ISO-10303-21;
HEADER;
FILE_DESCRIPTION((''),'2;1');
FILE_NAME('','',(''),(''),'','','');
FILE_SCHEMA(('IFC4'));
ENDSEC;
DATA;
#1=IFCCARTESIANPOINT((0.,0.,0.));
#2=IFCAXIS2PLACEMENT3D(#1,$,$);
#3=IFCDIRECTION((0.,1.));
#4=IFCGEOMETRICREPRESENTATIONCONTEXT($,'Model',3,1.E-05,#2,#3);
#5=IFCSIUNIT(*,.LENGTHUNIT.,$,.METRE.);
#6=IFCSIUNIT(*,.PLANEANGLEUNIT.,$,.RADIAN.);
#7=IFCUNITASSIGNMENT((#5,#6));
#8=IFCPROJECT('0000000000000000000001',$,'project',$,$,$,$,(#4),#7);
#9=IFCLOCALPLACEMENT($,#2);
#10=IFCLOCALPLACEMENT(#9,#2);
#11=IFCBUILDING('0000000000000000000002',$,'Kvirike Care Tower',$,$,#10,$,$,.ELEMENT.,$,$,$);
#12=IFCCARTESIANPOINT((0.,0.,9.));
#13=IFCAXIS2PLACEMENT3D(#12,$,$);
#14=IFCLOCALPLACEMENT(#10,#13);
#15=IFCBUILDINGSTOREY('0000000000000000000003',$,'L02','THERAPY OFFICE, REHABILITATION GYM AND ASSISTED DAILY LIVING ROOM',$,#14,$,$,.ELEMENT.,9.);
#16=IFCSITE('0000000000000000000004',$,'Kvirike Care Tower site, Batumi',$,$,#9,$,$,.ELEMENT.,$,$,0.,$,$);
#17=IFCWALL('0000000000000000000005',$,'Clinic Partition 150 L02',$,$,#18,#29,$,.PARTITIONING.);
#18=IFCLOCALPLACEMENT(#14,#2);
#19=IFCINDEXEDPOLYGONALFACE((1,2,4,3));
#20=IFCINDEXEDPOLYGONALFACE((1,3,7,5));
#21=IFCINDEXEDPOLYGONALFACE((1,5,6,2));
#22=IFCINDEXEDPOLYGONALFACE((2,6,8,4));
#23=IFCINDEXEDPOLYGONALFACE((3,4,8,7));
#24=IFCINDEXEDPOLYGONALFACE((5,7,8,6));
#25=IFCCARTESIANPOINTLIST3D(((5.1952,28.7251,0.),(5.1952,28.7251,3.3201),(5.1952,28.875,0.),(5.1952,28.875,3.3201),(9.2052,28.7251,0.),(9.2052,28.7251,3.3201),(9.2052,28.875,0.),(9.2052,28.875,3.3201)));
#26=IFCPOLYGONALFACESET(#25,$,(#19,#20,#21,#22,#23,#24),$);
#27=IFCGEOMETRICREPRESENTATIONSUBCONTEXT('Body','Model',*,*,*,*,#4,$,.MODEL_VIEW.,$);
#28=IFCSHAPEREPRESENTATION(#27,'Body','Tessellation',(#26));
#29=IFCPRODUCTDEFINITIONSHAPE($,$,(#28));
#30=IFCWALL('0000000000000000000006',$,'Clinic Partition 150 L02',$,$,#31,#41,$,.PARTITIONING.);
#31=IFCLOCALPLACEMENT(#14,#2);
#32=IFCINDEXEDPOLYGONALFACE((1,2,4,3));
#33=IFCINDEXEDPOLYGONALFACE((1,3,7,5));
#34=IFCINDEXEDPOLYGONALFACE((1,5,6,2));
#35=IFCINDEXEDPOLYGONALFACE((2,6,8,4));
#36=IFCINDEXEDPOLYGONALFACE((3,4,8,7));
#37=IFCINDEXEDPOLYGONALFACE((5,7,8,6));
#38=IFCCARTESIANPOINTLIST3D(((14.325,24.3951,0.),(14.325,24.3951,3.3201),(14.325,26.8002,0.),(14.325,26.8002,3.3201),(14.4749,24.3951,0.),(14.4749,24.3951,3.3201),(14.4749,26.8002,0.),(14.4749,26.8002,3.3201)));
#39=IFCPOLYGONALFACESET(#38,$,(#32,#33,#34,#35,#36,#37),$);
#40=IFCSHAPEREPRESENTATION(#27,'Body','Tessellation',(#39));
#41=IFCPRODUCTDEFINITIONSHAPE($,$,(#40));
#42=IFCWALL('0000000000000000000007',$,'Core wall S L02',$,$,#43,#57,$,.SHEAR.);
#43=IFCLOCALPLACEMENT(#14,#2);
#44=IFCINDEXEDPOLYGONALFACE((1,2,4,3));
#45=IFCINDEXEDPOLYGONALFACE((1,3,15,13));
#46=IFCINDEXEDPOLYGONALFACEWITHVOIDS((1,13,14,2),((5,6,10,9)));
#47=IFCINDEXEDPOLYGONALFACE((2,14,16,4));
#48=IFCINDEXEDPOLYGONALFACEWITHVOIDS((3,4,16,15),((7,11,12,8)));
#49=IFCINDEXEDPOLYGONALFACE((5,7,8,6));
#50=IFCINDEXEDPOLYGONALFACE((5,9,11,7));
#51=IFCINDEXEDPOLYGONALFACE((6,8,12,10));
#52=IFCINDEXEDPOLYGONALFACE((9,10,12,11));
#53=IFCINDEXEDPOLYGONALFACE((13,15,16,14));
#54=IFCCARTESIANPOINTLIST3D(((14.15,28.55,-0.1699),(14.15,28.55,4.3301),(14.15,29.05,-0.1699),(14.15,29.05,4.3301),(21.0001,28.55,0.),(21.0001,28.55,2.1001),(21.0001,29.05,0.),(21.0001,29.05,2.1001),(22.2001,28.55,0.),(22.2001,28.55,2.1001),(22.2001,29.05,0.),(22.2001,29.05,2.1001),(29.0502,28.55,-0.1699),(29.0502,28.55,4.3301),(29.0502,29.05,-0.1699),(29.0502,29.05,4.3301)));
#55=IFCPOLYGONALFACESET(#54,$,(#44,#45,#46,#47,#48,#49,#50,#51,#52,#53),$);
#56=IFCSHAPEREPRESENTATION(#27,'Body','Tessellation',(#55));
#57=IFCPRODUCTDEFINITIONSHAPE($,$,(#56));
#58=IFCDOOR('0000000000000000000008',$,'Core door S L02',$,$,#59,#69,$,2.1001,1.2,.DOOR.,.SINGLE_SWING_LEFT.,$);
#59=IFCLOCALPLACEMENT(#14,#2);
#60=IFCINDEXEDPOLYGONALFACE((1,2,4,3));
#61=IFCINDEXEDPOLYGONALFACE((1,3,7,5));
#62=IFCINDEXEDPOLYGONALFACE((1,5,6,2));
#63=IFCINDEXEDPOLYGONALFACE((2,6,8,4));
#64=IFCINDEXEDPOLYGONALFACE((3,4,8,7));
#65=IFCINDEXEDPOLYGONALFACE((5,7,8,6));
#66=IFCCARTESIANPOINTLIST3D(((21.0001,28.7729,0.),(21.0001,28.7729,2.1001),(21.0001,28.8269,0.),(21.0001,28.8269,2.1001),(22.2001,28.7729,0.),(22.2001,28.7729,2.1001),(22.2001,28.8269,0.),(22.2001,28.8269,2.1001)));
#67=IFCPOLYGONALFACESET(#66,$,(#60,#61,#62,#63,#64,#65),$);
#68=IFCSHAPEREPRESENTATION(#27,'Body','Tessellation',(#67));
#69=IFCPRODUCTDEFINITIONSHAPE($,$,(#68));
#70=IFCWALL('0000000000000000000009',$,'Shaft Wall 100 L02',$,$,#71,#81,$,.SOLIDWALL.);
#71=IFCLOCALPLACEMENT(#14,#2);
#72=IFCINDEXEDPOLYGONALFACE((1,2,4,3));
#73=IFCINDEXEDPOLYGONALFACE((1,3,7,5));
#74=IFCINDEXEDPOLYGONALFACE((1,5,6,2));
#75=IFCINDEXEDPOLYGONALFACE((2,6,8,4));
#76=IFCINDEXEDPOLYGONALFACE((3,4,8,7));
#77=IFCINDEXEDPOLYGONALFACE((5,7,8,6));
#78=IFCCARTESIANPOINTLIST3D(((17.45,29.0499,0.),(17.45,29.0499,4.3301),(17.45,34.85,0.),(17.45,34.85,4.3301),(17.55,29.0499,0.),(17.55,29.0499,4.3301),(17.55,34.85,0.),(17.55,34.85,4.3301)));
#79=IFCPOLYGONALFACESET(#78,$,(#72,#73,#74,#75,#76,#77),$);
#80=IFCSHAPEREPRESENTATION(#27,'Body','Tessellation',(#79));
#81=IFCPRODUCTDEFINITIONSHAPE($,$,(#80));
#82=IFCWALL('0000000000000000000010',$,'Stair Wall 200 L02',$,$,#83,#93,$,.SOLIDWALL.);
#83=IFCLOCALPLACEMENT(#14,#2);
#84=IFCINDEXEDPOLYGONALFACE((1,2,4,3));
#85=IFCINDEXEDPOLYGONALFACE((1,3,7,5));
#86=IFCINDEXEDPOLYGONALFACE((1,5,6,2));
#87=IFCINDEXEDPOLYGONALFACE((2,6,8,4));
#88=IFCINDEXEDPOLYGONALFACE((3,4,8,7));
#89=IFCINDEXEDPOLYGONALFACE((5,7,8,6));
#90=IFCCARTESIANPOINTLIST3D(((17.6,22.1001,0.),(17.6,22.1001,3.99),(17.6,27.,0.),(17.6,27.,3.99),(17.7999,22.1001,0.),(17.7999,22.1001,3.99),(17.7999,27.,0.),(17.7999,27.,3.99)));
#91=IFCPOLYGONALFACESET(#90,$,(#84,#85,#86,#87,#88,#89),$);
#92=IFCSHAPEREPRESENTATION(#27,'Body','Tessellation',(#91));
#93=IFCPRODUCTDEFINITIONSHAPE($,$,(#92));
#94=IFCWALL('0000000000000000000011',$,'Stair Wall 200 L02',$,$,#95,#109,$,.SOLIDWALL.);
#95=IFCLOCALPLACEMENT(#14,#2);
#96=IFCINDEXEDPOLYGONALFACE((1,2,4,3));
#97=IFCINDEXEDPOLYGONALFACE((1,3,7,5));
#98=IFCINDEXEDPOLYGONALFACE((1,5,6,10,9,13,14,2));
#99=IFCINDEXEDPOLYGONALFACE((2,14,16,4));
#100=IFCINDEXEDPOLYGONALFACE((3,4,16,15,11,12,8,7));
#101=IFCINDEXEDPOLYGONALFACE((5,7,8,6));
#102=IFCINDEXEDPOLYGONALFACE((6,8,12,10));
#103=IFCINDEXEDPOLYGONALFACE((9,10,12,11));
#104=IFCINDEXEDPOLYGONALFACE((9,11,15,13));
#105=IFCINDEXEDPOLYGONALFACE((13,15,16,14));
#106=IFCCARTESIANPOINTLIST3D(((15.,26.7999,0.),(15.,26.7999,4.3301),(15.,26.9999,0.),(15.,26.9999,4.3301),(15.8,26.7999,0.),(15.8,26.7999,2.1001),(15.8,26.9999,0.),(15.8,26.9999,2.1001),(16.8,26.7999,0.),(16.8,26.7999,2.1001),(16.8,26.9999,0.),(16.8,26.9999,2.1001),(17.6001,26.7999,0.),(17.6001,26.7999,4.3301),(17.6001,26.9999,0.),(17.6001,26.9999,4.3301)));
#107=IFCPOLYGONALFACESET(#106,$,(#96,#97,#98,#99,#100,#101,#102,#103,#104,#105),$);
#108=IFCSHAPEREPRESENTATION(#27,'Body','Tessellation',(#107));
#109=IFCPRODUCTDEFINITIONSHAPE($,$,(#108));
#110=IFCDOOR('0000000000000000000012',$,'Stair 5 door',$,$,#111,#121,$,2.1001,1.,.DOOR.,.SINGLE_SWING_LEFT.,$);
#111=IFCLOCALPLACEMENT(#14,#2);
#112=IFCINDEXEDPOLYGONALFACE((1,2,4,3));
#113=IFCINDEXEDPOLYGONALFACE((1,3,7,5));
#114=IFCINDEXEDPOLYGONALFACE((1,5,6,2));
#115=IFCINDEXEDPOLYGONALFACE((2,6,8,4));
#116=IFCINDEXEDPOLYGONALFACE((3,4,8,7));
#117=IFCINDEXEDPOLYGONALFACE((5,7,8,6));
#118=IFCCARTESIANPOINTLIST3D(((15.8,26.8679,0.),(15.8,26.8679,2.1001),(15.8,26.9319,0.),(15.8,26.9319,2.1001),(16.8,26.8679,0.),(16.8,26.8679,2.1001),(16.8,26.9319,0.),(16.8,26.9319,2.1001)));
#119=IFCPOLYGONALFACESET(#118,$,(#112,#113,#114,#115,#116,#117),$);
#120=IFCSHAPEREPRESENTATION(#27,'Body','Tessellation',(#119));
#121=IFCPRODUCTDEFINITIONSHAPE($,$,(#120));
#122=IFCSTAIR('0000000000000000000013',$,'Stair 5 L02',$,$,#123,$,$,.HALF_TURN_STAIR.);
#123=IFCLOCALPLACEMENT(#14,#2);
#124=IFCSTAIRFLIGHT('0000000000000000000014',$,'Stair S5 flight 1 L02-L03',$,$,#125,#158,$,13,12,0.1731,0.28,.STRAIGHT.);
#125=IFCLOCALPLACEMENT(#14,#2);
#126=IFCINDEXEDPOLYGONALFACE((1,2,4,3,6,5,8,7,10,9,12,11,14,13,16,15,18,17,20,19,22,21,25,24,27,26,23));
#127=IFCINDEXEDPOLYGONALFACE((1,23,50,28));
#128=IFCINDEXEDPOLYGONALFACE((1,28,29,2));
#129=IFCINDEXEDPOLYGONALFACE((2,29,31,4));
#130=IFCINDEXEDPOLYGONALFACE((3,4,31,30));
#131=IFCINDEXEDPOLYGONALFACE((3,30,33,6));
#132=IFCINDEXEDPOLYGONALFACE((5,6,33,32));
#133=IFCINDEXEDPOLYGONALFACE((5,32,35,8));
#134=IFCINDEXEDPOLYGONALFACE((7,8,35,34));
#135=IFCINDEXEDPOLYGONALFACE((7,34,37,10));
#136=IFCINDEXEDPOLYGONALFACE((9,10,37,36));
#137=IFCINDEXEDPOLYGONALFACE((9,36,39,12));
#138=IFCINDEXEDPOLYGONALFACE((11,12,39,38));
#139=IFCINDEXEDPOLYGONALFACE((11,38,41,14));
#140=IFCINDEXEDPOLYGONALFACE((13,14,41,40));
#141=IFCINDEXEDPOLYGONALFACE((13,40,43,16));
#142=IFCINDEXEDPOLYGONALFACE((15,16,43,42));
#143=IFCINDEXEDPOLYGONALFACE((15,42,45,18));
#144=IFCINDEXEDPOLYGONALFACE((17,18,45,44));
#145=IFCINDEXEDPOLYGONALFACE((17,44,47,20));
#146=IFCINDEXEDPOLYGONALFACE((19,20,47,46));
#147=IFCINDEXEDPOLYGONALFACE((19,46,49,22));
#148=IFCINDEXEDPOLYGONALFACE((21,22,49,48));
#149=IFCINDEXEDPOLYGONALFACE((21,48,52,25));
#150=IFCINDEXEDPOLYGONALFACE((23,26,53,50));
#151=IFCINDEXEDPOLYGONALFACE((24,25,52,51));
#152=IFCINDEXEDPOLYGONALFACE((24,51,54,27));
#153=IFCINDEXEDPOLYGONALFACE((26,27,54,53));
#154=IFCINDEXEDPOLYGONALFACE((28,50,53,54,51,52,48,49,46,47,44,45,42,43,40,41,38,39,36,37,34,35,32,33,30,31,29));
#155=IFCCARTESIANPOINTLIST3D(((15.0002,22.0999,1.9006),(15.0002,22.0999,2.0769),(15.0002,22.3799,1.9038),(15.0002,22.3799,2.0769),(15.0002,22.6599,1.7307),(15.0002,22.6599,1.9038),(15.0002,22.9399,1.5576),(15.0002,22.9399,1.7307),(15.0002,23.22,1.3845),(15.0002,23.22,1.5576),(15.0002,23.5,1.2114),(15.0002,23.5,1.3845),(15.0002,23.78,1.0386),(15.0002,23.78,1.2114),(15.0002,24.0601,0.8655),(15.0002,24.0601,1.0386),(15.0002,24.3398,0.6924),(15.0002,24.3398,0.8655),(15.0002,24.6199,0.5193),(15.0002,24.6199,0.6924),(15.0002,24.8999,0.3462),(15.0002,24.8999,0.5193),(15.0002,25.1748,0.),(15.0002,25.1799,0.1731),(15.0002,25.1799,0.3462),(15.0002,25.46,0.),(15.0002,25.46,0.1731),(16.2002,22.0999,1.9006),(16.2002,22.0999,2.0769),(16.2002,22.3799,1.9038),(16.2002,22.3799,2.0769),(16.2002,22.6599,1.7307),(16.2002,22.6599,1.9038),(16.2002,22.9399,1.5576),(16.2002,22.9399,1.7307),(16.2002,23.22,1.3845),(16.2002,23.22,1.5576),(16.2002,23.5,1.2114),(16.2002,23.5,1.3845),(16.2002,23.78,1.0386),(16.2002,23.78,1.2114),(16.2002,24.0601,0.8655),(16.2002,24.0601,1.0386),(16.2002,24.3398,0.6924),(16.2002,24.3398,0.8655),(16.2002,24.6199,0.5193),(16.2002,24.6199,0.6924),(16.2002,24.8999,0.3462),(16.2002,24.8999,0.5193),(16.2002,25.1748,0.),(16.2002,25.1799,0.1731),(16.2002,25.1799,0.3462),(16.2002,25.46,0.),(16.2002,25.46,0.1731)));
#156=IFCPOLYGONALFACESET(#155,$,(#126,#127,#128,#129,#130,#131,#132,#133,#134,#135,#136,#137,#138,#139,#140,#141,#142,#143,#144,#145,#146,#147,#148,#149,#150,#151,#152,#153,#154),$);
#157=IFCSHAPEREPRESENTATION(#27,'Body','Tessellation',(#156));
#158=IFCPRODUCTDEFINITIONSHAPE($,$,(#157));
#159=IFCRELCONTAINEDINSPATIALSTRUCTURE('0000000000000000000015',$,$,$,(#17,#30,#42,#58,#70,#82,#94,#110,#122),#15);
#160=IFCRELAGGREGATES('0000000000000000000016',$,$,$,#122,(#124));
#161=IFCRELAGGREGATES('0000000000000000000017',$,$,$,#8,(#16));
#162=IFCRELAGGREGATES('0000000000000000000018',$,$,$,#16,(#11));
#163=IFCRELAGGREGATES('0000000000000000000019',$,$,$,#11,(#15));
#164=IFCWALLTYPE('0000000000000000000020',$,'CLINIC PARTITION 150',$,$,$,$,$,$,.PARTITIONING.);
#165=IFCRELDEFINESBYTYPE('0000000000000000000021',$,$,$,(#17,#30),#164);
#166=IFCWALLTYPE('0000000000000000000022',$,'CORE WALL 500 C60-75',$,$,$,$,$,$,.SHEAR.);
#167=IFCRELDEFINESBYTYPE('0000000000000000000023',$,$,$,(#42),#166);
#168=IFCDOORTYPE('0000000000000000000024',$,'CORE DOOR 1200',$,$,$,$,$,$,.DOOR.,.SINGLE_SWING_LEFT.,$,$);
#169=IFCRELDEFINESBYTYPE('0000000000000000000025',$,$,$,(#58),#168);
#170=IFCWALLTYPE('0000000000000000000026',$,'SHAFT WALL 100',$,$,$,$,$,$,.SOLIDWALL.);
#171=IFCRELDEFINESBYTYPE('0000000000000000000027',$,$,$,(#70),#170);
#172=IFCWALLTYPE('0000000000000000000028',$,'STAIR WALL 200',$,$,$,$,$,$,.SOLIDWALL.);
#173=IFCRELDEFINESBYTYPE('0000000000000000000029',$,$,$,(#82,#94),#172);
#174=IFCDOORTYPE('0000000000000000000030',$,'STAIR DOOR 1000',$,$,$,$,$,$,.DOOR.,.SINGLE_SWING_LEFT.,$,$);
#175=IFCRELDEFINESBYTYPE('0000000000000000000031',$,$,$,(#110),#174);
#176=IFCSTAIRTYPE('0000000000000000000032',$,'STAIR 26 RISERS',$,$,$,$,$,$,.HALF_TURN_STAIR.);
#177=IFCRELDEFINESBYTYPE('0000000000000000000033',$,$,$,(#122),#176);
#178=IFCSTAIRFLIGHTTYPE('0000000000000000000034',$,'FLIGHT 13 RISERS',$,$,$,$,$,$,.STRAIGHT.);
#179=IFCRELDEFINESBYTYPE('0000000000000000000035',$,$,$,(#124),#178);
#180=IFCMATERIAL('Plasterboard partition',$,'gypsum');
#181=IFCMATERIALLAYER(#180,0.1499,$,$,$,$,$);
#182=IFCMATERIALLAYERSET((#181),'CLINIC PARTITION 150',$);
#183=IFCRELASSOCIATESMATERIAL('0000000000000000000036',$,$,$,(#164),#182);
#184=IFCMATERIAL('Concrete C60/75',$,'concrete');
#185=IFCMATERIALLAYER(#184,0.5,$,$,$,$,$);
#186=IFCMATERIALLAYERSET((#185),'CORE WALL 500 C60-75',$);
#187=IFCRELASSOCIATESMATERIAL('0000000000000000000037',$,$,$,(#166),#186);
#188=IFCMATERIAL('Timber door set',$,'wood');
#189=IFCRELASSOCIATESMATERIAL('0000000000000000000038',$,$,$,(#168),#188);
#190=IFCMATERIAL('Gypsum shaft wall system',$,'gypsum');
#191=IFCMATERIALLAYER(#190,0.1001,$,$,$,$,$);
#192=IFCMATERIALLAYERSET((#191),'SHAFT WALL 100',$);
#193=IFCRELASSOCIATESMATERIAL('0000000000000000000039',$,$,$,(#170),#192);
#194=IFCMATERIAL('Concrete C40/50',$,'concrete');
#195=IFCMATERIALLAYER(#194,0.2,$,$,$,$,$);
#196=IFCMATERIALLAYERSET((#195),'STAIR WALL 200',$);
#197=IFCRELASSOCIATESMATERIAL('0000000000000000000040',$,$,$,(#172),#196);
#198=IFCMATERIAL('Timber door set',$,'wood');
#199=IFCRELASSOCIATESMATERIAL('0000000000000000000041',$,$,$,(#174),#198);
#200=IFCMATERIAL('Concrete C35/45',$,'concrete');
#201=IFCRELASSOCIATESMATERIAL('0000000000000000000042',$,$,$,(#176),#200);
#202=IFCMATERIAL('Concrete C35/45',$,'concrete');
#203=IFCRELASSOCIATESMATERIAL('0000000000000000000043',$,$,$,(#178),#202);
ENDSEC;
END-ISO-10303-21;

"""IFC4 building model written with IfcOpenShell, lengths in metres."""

from ifc_helpers import new_model, si_unit, direction, frame, frame_2d, origin, place, context, subcontext, project, spatial, polyline, rectangle, outline, extrude, material, layer, layer_set, type_object, element, fill, aggregate, save


model = new_model("IFC4")

# Units and contexts
model_context = context("Model", 3, precision=1e-05, world=origin(), true_north=direction((0.0, 1.0)))
body_context = subcontext(model_context, "Body", "Model", "MODEL_VIEW")
ifc_project = project(units=[si_unit("LENGTHUNIT", "METRE"), si_unit("PLANEANGLEUNIT", "RADIAN")], contexts=[model_context])

# Site, building, storey
site_placement = place(None, origin())
site = spatial("IfcSite", under=ifc_project, at=site_placement, Name="Kvirike Care Tower site, Batumi", CompositionType="ELEMENT", RefElevation=0.0)
building_placement = place(site_placement, origin())
building = spatial("IfcBuilding", under=site, at=building_placement, Name="Kvirike Care Tower", CompositionType="ELEMENT")
storey_placement = place(building_placement, frame((0.0, 0.0, 9.0)))
storey = spatial("IfcBuildingStorey", under=building, at=storey_placement, Name="L02", Description="THERAPY OFFICE, REHABILITATION GYM AND ASSISTED DAILY LIVING ROOM", CompositionType="ELEMENT", Elevation=9.0)

# Walls
ifc_material_1 = material(Name="Plasterboard partition", Category="gypsum")
ifc_layer_1 = layer(ifc_material_1, 0.1499)
ifc_layer_set_1 = layer_set([ifc_layer_1], Name="CLINIC PARTITION 150")
wall_type_1 = type_object("IfcWallType", Name="CLINIC PARTITION 150", PredefinedType="PARTITIONING", material=ifc_layer_set_1)
wall_1_placement = place(storey_placement, frame((9.2051, 28.8, 0.0), z_axis=(0.0, 0.0, 1.0), x_axis=(-1.0, 0.0, 0.0)))
element("IfcWall", 1, at=wall_1_placement, inside=storey, type_object=wall_type_1, Name="Clinic Partition 150 L02", PredefinedType="PARTITIONING", context=body_context, shape_type="SweptSolid", body=[
    extrude(rectangle(XDim=4.01, YDim=0.1499, at=frame_2d((2.0049, 0.0))), origin(), (0.0, 0.0, 1.0), 3.3201),
])
wall_2_placement = place(storey_placement, frame((14.3999, 24.395, 0.0), z_axis=(0.0, 0.0, 1.0), x_axis=(0.0, 1.0, 0.0)))
element("IfcWall", 2, at=wall_2_placement, inside=storey, type_object=wall_type_1, Name="Clinic Partition 150 L02", PredefinedType="PARTITIONING", context=body_context, shape_type="SweptSolid", body=[
    extrude(rectangle(XDim=2.405, YDim=0.1499, at=frame_2d((1.2026, 0.0))), origin(), (0.0, 0.0, 1.0), 3.3201),
])

# Wall, opening, door
ifc_material_2 = material(Name="Concrete C60/75", Category="concrete")
ifc_layer_2 = layer(ifc_material_2, 0.5)
ifc_layer_set_2 = layer_set([ifc_layer_2], Name="CORE WALL 500 C60-75")
wall_type_2 = type_object("IfcWallType", Name="CORE WALL 500 C60-75", PredefinedType="SHEAR", material=ifc_layer_set_2)
wall_3_placement = place(storey_placement, frame((14.1499, 28.8, -0.1699), z_axis=(0.0, 0.0, 1.0), x_axis=(1.0, 0.0, 0.0)))
wall_3 = element("IfcWall", 3, at=wall_3_placement, inside=storey, type_object=wall_type_2, Name="Core wall S L02", PredefinedType="SHEAR", context=body_context, shape_type="SweptSolid", body=[
    extrude(rectangle(XDim=14.9001, YDim=0.5, at=frame_2d((7.4502, 0.0))), origin(), (0.0, 0.0, 1.0), 4.5),
])
opening_1_placement = place(wall_3_placement, frame((6.8501, 0.0, 0.1699)))
opening_1 = element("IfcOpeningElement", 4, at=opening_1_placement, cuts=wall_3, PredefinedType="OPENING", context=body_context, shape_type="SweptSolid", body=[
    extrude(rectangle(XDim=1.2, YDim=2.1001, at=frame_2d((0.6001, 1.05))), frame((0.0, 0.2605, 0.0), z_axis=(0.0, -1.0, 0.0), x_axis=(1.0, 0.0, 0.0)), (0.0, 0.0, 1.0), 0.521),
])
ifc_material_3 = material(Name="Timber door set", Category="wood")
door_type_1 = type_object("IfcDoorType", Name="CORE DOOR 1200", OperationType="SINGLE_SWING_LEFT", PredefinedType="DOOR", material=ifc_material_3)
door_1_placement = place(opening_1_placement, origin())
door_1 = element("IfcDoor", 5, at=door_1_placement, inside=storey, type_object=door_type_1, Name="Core door S L02", OperationType="SINGLE_SWING_LEFT", OverallHeight=2.1001, OverallWidth=1.2, PredefinedType="DOOR", context=body_context, shape_type="SweptSolid", body=[
    extrude(rectangle(XDim=1.2, YDim=2.1001, at=frame_2d((0.6001, 1.05))), frame((0.0, 0.0269, 0.0), z_axis=(0.0, -1.0, 0.0), x_axis=(1.0, 0.0, 0.0)), (0.0, 0.0, 1.0), 0.054),
])
fill(opening_1, door_1)

# Walls
ifc_material_4 = material(Name="Gypsum shaft wall system", Category="gypsum")
ifc_layer_3 = layer(ifc_material_4, 0.1001)
ifc_layer_set_3 = layer_set([ifc_layer_3], Name="SHAFT WALL 100")
wall_type_3 = type_object("IfcWallType", Name="SHAFT WALL 100", PredefinedType="SOLIDWALL", material=ifc_layer_set_3)
wall_4_placement = place(storey_placement, frame((17.5, 29.05, 0.0), z_axis=(0.0, 0.0, 1.0), x_axis=(0.0, 1.0, 0.0)))
element("IfcWall", 6, at=wall_4_placement, inside=storey, type_object=wall_type_3, Name="Shaft Wall 100 L02", PredefinedType="SOLIDWALL", context=body_context, shape_type="SweptSolid", body=[
    extrude(rectangle(XDim=5.8, YDim=0.1001, at=frame_2d((2.8999, 0.0))), origin(), (0.0, 0.0, 1.0), 4.3301),
])
ifc_material_5 = material(Name="Concrete C40/50", Category="concrete")
ifc_layer_4 = layer(ifc_material_5, 0.2)
ifc_layer_set_4 = layer_set([ifc_layer_4], Name="STAIR WALL 200")
wall_type_4 = type_object("IfcWallType", Name="STAIR WALL 200", PredefinedType="SOLIDWALL", material=ifc_layer_set_4)
wall_5_placement = place(storey_placement, frame((17.7, 22.1001, 0.0), z_axis=(0.0, 0.0, 1.0), x_axis=(0.0, 1.0, 0.0)))
element("IfcWall", 7, at=wall_5_placement, inside=storey, type_object=wall_type_4, Name="Stair Wall 200 L02", PredefinedType="SOLIDWALL", context=body_context, shape_type="SweptSolid", body=[
    extrude(rectangle(XDim=4.8999, YDim=0.2, at=frame_2d((2.45, 0.0))), origin(), (0.0, 0.0, 1.0), 3.99),
])

# Wall, opening, door
wall_6_placement = place(storey_placement, frame((15.0, 26.8999, 0.0), z_axis=(0.0, 0.0, 1.0), x_axis=(1.0, 0.0, 0.0)))
wall_6 = element("IfcWall", 8, at=wall_6_placement, inside=storey, type_object=wall_type_4, Name="Stair Wall 200 L02", PredefinedType="SOLIDWALL", context=body_context, shape_type="SweptSolid", body=[
    extrude(rectangle(XDim=2.6001, YDim=0.2, at=frame_2d((1.3, 0.0))), origin(), (0.0, 0.0, 1.0), 4.3301),
])
opening_2_placement = place(wall_6_placement, frame((0.8, 0.0, 0.0)))
opening_2 = element("IfcOpeningElement", 9, at=opening_2_placement, cuts=wall_6, PredefinedType="OPENING", context=body_context, shape_type="SweptSolid", body=[
    extrude(rectangle(XDim=1.0, YDim=2.1001, at=frame_2d((0.5, 1.05))), frame((0.0, 0.1106, 0.0), z_axis=(0.0, -1.0, 0.0), x_axis=(1.0, 0.0, 0.0)), (0.0, 0.0, 1.0), 0.2209),
])
ifc_material_6 = material(Name="Timber door set", Category="wood")
door_type_2 = type_object("IfcDoorType", Name="STAIR DOOR 1000", OperationType="SINGLE_SWING_LEFT", PredefinedType="DOOR", material=ifc_material_6)
door_2_placement = place(opening_2_placement, frame((1.0, 0.0, 0.0), z_axis=(0.0, 0.0, 1.0), x_axis=(-1.0, 0.0, 0.0)))
door_2 = element("IfcDoor", 10, at=door_2_placement, inside=storey, type_object=door_type_2, Name="Stair 5 door", OperationType="SINGLE_SWING_LEFT", OverallHeight=2.1001, OverallWidth=1.0, PredefinedType="DOOR", context=body_context, shape_type="SweptSolid", body=[
    extrude(rectangle(XDim=1.0, YDim=2.1001, at=frame_2d((0.5, 1.05))), frame((0.0, 0.032, 0.0), z_axis=(0.0, -1.0, 0.0), x_axis=(1.0, 0.0, 0.0)), (0.0, 0.0, 1.0), 0.064),
])
fill(opening_2, door_2)

# Stair, stair flight
ifc_material_7 = material(Name="Concrete C35/45", Category="concrete")
stair_type = type_object("IfcStairType", Name="STAIR 26 RISERS", PredefinedType="HALF_TURN_STAIR", material=ifc_material_7)
stair_placement = place(storey_placement, origin())
stair = element("IfcStair", 11, at=stair_placement, inside=storey, type_object=stair_type, Name="Stair 5 L02", PredefinedType="HALF_TURN_STAIR")
ifc_material_8 = material(Name="Concrete C35/45", Category="concrete")
stair_flight_type = type_object("IfcStairFlightType", Name="FLIGHT 13 RISERS", PredefinedType="STRAIGHT", material=ifc_material_8)
stair_flight_1_placement = place(storey_placement, frame((15.6001, 25.46, 0.0), z_axis=(0.0, 0.0, 1.0), x_axis=(0.0, -1.0, 0.0)))
stair_flight_1 = element("IfcStairFlight", 12, at=stair_flight_1_placement, type_object=stair_flight_type, Name="Stair S5 flight 1 L02-L03", NumberOfRisers=13, NumberOfTreads=12, PredefinedType="STRAIGHT", RiserHeight=0.1731, TreadLength=0.28, context=body_context, shape_type="SweptSolid", body=[
    extrude(outline(polyline([(0.0, 0.0), (0.0, 0.1731), (0.28, 0.1731), (0.28, 0.3462), (0.5601, 0.3462), (0.5601, 0.5193), (0.8401, 0.5193), (0.8401, 0.6924), (1.1201, 0.6924), (1.1201, 0.8655), (1.3999, 0.8655), (1.3999, 1.0386), (1.6799, 1.0386), (1.6799, 1.2114), (1.96, 1.2114), (1.96, 1.3845), (2.24, 1.3845), (2.24, 1.5576), (2.52, 1.5576), (2.52, 1.7307), (2.8, 1.7307), (2.8, 1.9038), (3.0801, 1.9038), (3.0801, 2.0769), (3.3601, 2.0769), (3.3601, 2.25), (3.3601, 1.9006), (0.2852, 0.0), (0.0, 0.0)])), frame((0.0, 0.6001, 0.0), z_axis=(0.0, -1.0, 0.0), x_axis=(1.0, 0.0, 0.0)), (0.0, 0.0, 1.0), 1.2),
])
aggregate(stair, [stair_flight_1])

save(model, "model.ifc")
